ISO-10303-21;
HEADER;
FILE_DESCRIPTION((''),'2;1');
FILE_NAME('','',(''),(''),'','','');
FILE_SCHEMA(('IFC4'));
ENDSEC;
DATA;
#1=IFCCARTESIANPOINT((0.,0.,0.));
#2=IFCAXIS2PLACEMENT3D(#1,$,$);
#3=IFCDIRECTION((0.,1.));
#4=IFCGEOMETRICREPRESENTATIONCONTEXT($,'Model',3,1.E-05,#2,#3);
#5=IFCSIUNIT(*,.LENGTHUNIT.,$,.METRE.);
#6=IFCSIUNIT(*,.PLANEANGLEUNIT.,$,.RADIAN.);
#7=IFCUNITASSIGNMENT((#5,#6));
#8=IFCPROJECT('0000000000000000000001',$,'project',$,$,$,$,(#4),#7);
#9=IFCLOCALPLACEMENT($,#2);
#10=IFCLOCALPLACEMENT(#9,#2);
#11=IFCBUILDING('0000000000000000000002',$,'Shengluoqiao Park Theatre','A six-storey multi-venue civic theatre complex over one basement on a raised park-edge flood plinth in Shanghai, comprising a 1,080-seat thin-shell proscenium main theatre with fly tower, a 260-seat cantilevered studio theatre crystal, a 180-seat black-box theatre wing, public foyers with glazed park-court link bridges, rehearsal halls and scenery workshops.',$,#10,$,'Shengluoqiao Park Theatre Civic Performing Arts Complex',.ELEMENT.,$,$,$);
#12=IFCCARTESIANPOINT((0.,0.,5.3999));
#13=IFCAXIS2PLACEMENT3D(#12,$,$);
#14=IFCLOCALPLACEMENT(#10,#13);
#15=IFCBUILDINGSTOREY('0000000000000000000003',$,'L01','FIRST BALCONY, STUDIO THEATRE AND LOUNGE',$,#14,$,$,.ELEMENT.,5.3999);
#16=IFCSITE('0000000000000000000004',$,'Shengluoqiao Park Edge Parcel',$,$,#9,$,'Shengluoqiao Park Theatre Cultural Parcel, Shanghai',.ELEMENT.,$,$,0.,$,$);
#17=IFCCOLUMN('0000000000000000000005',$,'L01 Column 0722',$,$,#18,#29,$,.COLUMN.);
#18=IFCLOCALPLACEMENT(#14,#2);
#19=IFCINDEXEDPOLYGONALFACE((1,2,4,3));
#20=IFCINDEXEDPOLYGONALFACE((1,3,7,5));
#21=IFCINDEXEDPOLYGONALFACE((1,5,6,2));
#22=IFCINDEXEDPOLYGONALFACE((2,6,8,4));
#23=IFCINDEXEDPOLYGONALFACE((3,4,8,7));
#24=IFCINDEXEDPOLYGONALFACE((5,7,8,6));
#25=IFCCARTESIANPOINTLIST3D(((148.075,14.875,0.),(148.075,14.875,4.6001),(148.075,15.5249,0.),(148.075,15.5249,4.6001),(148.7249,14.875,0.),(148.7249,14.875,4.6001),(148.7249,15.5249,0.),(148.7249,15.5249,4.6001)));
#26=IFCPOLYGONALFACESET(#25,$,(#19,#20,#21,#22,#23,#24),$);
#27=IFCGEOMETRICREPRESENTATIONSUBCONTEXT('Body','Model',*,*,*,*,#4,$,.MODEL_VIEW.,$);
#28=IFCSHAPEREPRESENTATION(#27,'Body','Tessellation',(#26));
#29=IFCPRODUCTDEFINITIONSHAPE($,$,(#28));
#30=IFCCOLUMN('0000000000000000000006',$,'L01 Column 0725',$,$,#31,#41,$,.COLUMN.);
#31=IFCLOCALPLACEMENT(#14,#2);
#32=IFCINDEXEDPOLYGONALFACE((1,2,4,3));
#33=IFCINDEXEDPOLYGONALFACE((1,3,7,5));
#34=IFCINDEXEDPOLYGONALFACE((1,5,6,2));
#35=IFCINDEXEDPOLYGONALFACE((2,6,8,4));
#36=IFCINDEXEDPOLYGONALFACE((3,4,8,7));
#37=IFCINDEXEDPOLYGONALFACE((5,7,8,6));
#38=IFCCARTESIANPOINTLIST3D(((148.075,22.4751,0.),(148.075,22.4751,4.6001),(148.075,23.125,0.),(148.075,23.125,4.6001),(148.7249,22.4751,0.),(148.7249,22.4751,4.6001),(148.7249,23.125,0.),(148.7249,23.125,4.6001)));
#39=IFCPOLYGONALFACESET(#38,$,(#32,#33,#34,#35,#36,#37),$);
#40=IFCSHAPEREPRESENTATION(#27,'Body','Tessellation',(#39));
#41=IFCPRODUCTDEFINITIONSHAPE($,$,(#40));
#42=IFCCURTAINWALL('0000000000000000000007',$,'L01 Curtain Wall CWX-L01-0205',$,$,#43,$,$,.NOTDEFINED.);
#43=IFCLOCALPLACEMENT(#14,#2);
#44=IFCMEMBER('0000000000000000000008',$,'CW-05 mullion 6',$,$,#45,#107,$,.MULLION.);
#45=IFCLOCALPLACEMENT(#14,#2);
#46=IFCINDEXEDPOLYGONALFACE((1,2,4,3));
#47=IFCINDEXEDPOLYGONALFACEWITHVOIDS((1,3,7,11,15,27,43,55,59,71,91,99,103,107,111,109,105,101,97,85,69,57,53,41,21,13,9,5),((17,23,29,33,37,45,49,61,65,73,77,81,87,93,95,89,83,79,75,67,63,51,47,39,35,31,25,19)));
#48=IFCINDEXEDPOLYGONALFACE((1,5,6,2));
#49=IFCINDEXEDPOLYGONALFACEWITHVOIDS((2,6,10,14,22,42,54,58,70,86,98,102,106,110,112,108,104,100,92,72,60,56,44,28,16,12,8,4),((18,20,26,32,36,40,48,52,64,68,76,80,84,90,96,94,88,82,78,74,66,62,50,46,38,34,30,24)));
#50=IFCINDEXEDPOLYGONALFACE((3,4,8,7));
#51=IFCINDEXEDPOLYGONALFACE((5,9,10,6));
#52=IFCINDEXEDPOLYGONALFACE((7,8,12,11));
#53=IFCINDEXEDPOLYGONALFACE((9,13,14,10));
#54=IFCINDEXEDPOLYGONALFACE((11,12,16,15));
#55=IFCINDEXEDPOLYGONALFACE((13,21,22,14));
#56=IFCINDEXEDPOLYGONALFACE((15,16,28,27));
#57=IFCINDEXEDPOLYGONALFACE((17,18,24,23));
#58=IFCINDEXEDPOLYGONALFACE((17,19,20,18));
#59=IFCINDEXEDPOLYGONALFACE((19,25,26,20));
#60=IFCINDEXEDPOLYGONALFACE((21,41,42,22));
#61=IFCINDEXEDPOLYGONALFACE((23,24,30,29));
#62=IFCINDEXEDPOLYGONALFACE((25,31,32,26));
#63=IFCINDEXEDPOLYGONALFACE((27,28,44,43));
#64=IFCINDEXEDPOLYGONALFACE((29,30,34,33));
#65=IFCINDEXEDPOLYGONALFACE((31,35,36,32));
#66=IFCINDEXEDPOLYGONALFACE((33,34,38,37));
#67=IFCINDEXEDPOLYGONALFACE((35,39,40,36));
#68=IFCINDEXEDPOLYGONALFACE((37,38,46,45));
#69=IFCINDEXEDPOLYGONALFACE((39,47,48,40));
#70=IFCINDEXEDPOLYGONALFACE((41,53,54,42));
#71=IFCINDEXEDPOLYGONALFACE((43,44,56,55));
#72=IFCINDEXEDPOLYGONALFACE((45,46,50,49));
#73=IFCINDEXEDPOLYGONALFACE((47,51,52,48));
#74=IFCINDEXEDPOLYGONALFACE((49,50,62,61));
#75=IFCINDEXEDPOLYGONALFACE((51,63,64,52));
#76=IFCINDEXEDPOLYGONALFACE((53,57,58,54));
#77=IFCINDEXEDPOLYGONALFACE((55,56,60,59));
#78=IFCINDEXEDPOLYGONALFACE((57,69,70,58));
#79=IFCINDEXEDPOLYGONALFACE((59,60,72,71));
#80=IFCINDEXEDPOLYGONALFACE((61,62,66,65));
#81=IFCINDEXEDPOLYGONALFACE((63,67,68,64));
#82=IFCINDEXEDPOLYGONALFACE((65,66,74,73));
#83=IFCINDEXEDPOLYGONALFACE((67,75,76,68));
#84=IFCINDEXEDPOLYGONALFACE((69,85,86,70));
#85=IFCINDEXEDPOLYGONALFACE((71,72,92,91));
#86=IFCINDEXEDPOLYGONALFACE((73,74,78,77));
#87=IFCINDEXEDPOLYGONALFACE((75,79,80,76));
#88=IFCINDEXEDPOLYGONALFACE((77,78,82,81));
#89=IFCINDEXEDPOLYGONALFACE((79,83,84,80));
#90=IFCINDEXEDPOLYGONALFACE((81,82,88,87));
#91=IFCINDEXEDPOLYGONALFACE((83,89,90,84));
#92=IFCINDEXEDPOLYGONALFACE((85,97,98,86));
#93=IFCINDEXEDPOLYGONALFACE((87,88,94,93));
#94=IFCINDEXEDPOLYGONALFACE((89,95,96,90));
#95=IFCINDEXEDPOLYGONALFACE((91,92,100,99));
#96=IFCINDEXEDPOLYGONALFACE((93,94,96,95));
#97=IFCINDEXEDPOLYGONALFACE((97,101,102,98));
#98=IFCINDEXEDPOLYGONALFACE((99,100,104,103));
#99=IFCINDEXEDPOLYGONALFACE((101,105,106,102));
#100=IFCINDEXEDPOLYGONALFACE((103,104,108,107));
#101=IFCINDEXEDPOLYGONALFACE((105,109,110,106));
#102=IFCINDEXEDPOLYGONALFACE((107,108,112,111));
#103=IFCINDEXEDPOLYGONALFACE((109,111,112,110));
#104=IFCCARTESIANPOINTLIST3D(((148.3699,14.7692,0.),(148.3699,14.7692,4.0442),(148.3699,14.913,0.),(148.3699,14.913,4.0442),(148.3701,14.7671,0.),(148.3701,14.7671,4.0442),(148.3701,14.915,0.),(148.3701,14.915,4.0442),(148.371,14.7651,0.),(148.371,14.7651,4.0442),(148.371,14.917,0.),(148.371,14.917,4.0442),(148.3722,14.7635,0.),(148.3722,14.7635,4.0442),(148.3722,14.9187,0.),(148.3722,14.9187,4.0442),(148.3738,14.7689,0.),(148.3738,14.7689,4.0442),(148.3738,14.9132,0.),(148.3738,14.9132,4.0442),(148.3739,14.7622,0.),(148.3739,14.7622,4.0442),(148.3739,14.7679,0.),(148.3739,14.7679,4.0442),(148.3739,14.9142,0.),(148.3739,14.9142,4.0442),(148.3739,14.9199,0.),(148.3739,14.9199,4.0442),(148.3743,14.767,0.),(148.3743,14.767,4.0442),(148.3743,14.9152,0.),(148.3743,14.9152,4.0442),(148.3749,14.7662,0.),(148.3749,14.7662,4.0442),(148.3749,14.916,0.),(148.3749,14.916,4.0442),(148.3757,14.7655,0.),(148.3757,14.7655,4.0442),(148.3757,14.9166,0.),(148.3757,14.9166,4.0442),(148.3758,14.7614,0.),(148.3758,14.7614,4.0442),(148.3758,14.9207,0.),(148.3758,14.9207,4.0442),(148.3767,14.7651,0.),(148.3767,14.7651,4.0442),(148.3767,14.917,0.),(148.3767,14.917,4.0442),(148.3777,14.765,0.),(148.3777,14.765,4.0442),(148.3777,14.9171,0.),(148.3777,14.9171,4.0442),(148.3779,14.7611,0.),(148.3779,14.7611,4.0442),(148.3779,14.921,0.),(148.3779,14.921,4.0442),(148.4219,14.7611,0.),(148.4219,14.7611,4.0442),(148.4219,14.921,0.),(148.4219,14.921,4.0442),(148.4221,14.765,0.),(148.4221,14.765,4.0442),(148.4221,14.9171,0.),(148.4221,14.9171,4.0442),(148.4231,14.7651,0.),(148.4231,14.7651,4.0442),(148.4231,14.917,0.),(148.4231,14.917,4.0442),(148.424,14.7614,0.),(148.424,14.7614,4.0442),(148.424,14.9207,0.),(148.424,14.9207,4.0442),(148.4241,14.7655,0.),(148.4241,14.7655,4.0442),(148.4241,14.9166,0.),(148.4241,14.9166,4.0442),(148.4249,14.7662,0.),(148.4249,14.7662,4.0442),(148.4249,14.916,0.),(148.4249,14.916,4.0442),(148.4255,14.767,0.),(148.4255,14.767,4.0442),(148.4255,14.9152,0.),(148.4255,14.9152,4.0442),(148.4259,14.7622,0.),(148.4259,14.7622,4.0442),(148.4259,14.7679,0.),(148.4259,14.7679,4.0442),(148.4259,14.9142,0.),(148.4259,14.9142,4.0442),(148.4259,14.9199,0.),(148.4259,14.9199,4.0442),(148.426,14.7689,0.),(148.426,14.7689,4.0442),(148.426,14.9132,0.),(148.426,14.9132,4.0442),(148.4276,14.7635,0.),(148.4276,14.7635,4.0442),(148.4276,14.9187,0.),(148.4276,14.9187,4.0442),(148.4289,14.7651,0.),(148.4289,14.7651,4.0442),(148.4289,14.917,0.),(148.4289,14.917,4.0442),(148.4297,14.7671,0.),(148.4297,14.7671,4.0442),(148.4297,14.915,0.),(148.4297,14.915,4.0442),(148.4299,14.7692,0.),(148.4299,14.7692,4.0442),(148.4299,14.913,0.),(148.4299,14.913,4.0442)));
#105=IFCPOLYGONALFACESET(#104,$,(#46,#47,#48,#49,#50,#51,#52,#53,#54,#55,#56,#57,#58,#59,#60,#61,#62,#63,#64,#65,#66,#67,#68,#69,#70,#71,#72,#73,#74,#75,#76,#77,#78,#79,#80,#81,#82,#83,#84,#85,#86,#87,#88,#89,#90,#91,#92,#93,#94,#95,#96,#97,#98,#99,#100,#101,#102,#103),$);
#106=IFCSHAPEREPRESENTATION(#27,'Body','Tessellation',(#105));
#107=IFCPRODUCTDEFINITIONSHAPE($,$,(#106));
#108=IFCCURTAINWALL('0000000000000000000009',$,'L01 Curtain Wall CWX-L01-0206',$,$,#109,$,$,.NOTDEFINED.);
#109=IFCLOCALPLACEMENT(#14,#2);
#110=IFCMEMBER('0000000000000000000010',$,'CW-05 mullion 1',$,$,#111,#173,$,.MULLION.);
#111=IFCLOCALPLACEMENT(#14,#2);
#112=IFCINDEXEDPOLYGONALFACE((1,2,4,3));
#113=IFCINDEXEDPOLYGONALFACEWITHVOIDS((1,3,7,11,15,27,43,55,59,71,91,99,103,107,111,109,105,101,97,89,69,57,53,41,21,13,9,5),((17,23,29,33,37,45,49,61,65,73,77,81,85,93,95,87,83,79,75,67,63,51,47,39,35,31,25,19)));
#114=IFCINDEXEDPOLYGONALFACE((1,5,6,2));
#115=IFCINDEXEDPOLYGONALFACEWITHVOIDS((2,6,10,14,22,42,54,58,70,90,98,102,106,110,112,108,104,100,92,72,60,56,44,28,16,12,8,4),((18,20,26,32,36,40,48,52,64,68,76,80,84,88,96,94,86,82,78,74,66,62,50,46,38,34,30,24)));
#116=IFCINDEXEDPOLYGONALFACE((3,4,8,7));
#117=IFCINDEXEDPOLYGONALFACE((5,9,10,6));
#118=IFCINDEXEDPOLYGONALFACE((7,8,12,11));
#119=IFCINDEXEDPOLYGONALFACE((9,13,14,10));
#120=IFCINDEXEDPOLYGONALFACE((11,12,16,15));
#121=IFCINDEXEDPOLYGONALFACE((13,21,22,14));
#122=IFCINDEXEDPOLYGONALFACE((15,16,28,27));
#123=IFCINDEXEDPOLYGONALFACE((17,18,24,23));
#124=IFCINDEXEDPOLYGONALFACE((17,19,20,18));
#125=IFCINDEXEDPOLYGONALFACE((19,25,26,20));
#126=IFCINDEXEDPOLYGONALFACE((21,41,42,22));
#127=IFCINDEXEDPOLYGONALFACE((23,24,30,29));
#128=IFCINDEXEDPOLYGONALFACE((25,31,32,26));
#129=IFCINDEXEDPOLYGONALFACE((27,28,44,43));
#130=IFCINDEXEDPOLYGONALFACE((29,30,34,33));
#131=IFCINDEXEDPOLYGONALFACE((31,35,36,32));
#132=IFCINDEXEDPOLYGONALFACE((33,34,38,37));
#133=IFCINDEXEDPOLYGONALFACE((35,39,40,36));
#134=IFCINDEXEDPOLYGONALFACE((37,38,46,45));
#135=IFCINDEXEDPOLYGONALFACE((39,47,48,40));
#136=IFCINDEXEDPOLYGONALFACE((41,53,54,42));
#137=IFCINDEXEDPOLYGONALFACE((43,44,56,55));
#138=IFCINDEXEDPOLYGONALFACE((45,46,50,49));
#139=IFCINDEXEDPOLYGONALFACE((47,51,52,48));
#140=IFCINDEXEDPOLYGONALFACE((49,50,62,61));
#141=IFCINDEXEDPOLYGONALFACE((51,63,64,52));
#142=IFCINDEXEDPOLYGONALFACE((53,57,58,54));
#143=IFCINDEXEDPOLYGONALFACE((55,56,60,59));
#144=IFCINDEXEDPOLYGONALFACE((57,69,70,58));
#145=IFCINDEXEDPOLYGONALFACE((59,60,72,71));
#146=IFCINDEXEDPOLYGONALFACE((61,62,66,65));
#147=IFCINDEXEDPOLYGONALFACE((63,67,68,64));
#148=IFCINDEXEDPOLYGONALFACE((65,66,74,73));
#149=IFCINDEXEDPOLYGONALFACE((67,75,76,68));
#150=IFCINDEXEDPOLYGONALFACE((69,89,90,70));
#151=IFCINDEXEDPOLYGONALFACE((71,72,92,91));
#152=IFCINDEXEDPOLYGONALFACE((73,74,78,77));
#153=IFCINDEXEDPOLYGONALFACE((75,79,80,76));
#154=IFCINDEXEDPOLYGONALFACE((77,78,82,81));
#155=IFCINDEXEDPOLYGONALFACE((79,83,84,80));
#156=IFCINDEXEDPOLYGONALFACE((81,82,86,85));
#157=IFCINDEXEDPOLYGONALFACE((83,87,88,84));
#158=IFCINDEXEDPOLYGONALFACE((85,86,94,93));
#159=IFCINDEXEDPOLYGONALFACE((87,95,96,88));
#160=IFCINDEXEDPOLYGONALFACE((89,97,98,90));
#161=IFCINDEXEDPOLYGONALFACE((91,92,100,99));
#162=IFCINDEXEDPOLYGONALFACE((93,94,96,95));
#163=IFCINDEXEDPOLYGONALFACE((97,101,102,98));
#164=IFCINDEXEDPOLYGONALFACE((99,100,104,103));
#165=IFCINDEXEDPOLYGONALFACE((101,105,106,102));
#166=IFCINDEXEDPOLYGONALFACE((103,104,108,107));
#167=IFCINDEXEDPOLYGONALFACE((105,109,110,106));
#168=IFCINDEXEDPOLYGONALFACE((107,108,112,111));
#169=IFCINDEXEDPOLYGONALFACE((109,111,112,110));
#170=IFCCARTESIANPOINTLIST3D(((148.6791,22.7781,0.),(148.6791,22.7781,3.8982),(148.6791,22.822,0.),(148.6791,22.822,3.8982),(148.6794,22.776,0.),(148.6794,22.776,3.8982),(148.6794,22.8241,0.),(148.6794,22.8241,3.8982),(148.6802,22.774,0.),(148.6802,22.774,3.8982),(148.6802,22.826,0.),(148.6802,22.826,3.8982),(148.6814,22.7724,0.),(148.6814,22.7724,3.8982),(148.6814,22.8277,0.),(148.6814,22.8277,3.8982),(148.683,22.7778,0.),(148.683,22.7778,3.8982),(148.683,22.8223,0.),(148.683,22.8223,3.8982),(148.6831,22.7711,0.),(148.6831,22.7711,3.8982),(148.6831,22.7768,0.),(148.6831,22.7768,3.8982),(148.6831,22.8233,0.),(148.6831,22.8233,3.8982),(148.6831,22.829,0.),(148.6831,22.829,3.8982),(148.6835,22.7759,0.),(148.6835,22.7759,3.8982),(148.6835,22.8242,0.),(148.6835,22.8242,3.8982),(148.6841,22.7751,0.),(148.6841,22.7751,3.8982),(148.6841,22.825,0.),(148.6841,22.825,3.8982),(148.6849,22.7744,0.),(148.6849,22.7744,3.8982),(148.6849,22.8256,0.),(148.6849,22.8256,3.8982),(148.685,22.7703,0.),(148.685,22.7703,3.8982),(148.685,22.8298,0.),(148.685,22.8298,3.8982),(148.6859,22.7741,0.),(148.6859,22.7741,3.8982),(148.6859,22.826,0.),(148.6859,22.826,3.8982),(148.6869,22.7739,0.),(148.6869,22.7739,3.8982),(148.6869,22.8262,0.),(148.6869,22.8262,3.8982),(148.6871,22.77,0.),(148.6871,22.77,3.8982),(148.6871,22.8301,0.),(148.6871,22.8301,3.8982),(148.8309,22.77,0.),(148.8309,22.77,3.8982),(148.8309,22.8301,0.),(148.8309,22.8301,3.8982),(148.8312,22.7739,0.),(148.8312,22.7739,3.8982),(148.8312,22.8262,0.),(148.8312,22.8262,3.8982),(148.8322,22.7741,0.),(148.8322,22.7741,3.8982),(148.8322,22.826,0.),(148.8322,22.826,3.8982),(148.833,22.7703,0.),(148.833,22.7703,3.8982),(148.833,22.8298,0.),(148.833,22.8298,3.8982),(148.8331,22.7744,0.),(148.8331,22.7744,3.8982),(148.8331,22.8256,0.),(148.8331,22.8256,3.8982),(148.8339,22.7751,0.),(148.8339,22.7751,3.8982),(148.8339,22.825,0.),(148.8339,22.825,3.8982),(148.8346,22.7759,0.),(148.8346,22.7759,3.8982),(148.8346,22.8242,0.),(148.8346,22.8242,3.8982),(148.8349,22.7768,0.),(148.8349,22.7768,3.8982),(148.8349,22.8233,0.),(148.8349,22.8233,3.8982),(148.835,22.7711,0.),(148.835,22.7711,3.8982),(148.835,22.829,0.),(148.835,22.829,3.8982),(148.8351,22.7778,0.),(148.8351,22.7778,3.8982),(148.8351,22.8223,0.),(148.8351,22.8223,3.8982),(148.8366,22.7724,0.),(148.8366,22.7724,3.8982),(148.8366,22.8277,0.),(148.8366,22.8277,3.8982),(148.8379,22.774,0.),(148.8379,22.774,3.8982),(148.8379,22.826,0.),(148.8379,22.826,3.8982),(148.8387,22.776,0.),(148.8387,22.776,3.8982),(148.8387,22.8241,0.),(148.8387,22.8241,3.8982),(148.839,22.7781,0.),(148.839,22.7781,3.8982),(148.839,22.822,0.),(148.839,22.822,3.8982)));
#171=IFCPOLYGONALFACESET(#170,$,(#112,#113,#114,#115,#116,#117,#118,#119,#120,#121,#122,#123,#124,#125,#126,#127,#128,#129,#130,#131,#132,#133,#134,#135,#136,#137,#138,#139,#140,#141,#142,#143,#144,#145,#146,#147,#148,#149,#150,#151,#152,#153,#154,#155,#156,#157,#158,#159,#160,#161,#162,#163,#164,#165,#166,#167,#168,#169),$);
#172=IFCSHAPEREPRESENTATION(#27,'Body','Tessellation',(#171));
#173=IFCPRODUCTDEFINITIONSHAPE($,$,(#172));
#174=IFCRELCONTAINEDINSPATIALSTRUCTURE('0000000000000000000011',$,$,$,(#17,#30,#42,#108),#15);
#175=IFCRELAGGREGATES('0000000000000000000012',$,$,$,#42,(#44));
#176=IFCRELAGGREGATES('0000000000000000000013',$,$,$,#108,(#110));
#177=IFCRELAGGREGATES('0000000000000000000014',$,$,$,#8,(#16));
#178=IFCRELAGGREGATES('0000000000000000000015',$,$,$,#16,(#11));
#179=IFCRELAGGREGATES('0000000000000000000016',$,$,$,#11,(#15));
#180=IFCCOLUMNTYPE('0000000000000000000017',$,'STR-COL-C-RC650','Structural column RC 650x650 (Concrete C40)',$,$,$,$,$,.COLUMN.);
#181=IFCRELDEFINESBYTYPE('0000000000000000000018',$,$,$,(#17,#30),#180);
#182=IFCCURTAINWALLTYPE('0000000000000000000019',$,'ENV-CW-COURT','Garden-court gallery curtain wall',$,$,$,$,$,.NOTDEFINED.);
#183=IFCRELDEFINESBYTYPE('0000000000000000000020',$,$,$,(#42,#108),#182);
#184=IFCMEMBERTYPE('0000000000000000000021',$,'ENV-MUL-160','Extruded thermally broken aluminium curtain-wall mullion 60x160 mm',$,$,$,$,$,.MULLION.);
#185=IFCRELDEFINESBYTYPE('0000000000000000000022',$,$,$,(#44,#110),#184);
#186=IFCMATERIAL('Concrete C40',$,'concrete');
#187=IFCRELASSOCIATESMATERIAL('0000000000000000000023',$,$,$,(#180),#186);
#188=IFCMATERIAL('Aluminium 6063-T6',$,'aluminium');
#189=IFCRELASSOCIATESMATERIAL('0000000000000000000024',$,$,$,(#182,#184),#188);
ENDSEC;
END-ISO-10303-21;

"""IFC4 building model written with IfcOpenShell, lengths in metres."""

from ifc_helpers import new_model, si_unit, direction, frame, origin, origin_2d, place, context, subcontext, project, spatial, rectangle, hollow_rectangle, extrude, material, material_profile, profile_set, type_object, element, aggregate, save


model = new_model("IFC4")

# Units and contexts
model_context = context("Model", 3, precision=1e-05, world=origin(), true_north=direction((0.0, 1.0)))
body_context = subcontext(model_context, "Body", "Model", "MODEL_VIEW")
ifc_project = project(units=[si_unit("LENGTHUNIT", "METRE"), si_unit("PLANEANGLEUNIT", "RADIAN")], contexts=[model_context])

# Site, building, storey
site_placement = place(None, origin())
site = spatial("IfcSite", under=ifc_project, at=site_placement, Name="Shengluoqiao Park Edge Parcel", LongName="Shengluoqiao Park Theatre Cultural Parcel, Shanghai", CompositionType="ELEMENT", RefElevation=0.0)
building_placement = place(site_placement, origin())
building = spatial("IfcBuilding", under=site, at=building_placement, Name="Shengluoqiao Park Theatre", Description="A six-storey multi-venue civic theatre complex over one basement on a raised park-edge flood plinth in Shanghai, comprising a 1,080-seat thin-shell proscenium main theatre with fly tower, a 260-seat cantilevered studio theatre crystal, a 180-seat black-box theatre wing, public foyers with glazed park-court link bridges, rehearsal halls and scenery workshops.", LongName="Shengluoqiao Park Theatre Civic Performing Arts Complex", CompositionType="ELEMENT")
storey_placement = place(building_placement, frame((0.0, 0.0, 5.3999)))
storey = spatial("IfcBuildingStorey", under=building, at=storey_placement, Name="L01", Description="FIRST BALCONY, STUDIO THEATRE AND LOUNGE", CompositionType="ELEMENT", Elevation=5.3999)

# Columns
ifc_material_1 = material(Name="Concrete C40", Category="concrete")
ifc_material_profile_1 = material_profile(ifc_material_1, rectangle(XDim=0.6499, YDim=0.6499, at=origin_2d()), Name="RC 650x650")
ifc_profile_set_1 = profile_set([ifc_material_profile_1], Name="Concrete C40")
column_type = type_object("IfcColumnType", Name="STR-COL-C-RC650", Description="Structural column RC 650x650 (Concrete C40)", PredefinedType="COLUMN", material=ifc_profile_set_1)
for number, where, z_axis, x_axis, name in (
    (1, (148.3999, 15.2, 0.0), (0.0, 0.0, 1.0), (1.0, 0.0, 0.0), "L01 Column 0722"),
    (2, (148.3999, 22.8, 0.0), (0.0, 0.0, 1.0), (1.0, 0.0, 0.0), "L01 Column 0725"),
):
    element("IfcColumn", number, at=place(storey_placement, frame(where, z_axis=z_axis, x_axis=x_axis)), inside=storey, type_object=column_type, Name=name, PredefinedType="COLUMN", context=body_context, shape_type="SweptSolid", body=[
        extrude(rectangle(XDim=0.6499, YDim=0.6499, at=origin_2d()), origin(), (0.0, 0.0, 1.0), 4.6001),
    ])

# Curtain wall, member
ifc_material_2 = material(Name="Aluminium 6063-T6", Category="aluminium")
curtain_wall_type = type_object("IfcCurtainWallType", Name="ENV-CW-COURT", Description="Garden-court gallery curtain wall", PredefinedType="NOTDEFINED", material=ifc_material_2)
curtain_wall_1_placement = place(storey_placement, origin())
curtain_wall_1 = element("IfcCurtainWall", 3, at=curtain_wall_1_placement, inside=storey, type_object=curtain_wall_type, Name="L01 Curtain Wall CWX-L01-0205", PredefinedType="NOTDEFINED")
ifc_material_profile_2 = material_profile(ifc_material_2, hollow_rectangle(XDim=0.0601, YDim=0.1599, WallThickness=0.0039, InnerFilletRadius=0.0039, OuterFilletRadius=0.0081, at=origin_2d()), Name="ALU MULLION 160x60x4")
ifc_profile_set_2 = profile_set([ifc_material_profile_2], Name="Aluminium 6063-T6")
member_type_1 = type_object("IfcMemberType", Name="ENV-MUL-160", Description="Extruded thermally broken aluminium curtain-wall mullion 60x160 mm", PredefinedType="MULLION", material=ifc_profile_set_2)
member_1_placement = place(storey_placement, frame((148.3999, 14.8411, 0.0), z_axis=(0.0, 0.0, 1.0), x_axis=(-1.0, 0.0, 0.0)))
member_1 = element("IfcMember", 4, at=member_1_placement, type_object=member_type_1, Name="CW-05 mullion 6", PredefinedType="MULLION", context=body_context, shape_type="SweptSolid", body=[
    extrude(hollow_rectangle(XDim=0.0601, YDim=0.1599, WallThickness=0.0039, InnerFilletRadius=0.0039, OuterFilletRadius=0.0081, at=origin_2d()), origin(), (0.0, 0.0, 1.0), 4.0442),
])

# Curtain wall, member
curtain_wall_2_placement = place(storey_placement, origin())
curtain_wall_2 = element("IfcCurtainWall", 5, at=curtain_wall_2_placement, inside=storey, type_object=curtain_wall_type, Name="L01 Curtain Wall CWX-L01-0206", PredefinedType="NOTDEFINED")
member_2_placement = place(storey_placement, frame((148.759, 22.8, 0.0), z_axis=(0.0, 0.0, 1.0), x_axis=(0.0, 1.0, 0.0)))
member_2 = element("IfcMember", 6, at=member_2_placement, type_object=member_type_1, Name="CW-05 mullion 1", PredefinedType="MULLION", context=body_context, shape_type="SweptSolid", body=[
    extrude(hollow_rectangle(XDim=0.0601, YDim=0.1599, WallThickness=0.0039, InnerFilletRadius=0.0039, OuterFilletRadius=0.0081, at=origin_2d()), origin(), (0.0, 0.0, 1.0), 3.8982),
])

aggregate(curtain_wall_1, [member_1])
aggregate(curtain_wall_2, [member_2])

save(model, "model.ifc")
